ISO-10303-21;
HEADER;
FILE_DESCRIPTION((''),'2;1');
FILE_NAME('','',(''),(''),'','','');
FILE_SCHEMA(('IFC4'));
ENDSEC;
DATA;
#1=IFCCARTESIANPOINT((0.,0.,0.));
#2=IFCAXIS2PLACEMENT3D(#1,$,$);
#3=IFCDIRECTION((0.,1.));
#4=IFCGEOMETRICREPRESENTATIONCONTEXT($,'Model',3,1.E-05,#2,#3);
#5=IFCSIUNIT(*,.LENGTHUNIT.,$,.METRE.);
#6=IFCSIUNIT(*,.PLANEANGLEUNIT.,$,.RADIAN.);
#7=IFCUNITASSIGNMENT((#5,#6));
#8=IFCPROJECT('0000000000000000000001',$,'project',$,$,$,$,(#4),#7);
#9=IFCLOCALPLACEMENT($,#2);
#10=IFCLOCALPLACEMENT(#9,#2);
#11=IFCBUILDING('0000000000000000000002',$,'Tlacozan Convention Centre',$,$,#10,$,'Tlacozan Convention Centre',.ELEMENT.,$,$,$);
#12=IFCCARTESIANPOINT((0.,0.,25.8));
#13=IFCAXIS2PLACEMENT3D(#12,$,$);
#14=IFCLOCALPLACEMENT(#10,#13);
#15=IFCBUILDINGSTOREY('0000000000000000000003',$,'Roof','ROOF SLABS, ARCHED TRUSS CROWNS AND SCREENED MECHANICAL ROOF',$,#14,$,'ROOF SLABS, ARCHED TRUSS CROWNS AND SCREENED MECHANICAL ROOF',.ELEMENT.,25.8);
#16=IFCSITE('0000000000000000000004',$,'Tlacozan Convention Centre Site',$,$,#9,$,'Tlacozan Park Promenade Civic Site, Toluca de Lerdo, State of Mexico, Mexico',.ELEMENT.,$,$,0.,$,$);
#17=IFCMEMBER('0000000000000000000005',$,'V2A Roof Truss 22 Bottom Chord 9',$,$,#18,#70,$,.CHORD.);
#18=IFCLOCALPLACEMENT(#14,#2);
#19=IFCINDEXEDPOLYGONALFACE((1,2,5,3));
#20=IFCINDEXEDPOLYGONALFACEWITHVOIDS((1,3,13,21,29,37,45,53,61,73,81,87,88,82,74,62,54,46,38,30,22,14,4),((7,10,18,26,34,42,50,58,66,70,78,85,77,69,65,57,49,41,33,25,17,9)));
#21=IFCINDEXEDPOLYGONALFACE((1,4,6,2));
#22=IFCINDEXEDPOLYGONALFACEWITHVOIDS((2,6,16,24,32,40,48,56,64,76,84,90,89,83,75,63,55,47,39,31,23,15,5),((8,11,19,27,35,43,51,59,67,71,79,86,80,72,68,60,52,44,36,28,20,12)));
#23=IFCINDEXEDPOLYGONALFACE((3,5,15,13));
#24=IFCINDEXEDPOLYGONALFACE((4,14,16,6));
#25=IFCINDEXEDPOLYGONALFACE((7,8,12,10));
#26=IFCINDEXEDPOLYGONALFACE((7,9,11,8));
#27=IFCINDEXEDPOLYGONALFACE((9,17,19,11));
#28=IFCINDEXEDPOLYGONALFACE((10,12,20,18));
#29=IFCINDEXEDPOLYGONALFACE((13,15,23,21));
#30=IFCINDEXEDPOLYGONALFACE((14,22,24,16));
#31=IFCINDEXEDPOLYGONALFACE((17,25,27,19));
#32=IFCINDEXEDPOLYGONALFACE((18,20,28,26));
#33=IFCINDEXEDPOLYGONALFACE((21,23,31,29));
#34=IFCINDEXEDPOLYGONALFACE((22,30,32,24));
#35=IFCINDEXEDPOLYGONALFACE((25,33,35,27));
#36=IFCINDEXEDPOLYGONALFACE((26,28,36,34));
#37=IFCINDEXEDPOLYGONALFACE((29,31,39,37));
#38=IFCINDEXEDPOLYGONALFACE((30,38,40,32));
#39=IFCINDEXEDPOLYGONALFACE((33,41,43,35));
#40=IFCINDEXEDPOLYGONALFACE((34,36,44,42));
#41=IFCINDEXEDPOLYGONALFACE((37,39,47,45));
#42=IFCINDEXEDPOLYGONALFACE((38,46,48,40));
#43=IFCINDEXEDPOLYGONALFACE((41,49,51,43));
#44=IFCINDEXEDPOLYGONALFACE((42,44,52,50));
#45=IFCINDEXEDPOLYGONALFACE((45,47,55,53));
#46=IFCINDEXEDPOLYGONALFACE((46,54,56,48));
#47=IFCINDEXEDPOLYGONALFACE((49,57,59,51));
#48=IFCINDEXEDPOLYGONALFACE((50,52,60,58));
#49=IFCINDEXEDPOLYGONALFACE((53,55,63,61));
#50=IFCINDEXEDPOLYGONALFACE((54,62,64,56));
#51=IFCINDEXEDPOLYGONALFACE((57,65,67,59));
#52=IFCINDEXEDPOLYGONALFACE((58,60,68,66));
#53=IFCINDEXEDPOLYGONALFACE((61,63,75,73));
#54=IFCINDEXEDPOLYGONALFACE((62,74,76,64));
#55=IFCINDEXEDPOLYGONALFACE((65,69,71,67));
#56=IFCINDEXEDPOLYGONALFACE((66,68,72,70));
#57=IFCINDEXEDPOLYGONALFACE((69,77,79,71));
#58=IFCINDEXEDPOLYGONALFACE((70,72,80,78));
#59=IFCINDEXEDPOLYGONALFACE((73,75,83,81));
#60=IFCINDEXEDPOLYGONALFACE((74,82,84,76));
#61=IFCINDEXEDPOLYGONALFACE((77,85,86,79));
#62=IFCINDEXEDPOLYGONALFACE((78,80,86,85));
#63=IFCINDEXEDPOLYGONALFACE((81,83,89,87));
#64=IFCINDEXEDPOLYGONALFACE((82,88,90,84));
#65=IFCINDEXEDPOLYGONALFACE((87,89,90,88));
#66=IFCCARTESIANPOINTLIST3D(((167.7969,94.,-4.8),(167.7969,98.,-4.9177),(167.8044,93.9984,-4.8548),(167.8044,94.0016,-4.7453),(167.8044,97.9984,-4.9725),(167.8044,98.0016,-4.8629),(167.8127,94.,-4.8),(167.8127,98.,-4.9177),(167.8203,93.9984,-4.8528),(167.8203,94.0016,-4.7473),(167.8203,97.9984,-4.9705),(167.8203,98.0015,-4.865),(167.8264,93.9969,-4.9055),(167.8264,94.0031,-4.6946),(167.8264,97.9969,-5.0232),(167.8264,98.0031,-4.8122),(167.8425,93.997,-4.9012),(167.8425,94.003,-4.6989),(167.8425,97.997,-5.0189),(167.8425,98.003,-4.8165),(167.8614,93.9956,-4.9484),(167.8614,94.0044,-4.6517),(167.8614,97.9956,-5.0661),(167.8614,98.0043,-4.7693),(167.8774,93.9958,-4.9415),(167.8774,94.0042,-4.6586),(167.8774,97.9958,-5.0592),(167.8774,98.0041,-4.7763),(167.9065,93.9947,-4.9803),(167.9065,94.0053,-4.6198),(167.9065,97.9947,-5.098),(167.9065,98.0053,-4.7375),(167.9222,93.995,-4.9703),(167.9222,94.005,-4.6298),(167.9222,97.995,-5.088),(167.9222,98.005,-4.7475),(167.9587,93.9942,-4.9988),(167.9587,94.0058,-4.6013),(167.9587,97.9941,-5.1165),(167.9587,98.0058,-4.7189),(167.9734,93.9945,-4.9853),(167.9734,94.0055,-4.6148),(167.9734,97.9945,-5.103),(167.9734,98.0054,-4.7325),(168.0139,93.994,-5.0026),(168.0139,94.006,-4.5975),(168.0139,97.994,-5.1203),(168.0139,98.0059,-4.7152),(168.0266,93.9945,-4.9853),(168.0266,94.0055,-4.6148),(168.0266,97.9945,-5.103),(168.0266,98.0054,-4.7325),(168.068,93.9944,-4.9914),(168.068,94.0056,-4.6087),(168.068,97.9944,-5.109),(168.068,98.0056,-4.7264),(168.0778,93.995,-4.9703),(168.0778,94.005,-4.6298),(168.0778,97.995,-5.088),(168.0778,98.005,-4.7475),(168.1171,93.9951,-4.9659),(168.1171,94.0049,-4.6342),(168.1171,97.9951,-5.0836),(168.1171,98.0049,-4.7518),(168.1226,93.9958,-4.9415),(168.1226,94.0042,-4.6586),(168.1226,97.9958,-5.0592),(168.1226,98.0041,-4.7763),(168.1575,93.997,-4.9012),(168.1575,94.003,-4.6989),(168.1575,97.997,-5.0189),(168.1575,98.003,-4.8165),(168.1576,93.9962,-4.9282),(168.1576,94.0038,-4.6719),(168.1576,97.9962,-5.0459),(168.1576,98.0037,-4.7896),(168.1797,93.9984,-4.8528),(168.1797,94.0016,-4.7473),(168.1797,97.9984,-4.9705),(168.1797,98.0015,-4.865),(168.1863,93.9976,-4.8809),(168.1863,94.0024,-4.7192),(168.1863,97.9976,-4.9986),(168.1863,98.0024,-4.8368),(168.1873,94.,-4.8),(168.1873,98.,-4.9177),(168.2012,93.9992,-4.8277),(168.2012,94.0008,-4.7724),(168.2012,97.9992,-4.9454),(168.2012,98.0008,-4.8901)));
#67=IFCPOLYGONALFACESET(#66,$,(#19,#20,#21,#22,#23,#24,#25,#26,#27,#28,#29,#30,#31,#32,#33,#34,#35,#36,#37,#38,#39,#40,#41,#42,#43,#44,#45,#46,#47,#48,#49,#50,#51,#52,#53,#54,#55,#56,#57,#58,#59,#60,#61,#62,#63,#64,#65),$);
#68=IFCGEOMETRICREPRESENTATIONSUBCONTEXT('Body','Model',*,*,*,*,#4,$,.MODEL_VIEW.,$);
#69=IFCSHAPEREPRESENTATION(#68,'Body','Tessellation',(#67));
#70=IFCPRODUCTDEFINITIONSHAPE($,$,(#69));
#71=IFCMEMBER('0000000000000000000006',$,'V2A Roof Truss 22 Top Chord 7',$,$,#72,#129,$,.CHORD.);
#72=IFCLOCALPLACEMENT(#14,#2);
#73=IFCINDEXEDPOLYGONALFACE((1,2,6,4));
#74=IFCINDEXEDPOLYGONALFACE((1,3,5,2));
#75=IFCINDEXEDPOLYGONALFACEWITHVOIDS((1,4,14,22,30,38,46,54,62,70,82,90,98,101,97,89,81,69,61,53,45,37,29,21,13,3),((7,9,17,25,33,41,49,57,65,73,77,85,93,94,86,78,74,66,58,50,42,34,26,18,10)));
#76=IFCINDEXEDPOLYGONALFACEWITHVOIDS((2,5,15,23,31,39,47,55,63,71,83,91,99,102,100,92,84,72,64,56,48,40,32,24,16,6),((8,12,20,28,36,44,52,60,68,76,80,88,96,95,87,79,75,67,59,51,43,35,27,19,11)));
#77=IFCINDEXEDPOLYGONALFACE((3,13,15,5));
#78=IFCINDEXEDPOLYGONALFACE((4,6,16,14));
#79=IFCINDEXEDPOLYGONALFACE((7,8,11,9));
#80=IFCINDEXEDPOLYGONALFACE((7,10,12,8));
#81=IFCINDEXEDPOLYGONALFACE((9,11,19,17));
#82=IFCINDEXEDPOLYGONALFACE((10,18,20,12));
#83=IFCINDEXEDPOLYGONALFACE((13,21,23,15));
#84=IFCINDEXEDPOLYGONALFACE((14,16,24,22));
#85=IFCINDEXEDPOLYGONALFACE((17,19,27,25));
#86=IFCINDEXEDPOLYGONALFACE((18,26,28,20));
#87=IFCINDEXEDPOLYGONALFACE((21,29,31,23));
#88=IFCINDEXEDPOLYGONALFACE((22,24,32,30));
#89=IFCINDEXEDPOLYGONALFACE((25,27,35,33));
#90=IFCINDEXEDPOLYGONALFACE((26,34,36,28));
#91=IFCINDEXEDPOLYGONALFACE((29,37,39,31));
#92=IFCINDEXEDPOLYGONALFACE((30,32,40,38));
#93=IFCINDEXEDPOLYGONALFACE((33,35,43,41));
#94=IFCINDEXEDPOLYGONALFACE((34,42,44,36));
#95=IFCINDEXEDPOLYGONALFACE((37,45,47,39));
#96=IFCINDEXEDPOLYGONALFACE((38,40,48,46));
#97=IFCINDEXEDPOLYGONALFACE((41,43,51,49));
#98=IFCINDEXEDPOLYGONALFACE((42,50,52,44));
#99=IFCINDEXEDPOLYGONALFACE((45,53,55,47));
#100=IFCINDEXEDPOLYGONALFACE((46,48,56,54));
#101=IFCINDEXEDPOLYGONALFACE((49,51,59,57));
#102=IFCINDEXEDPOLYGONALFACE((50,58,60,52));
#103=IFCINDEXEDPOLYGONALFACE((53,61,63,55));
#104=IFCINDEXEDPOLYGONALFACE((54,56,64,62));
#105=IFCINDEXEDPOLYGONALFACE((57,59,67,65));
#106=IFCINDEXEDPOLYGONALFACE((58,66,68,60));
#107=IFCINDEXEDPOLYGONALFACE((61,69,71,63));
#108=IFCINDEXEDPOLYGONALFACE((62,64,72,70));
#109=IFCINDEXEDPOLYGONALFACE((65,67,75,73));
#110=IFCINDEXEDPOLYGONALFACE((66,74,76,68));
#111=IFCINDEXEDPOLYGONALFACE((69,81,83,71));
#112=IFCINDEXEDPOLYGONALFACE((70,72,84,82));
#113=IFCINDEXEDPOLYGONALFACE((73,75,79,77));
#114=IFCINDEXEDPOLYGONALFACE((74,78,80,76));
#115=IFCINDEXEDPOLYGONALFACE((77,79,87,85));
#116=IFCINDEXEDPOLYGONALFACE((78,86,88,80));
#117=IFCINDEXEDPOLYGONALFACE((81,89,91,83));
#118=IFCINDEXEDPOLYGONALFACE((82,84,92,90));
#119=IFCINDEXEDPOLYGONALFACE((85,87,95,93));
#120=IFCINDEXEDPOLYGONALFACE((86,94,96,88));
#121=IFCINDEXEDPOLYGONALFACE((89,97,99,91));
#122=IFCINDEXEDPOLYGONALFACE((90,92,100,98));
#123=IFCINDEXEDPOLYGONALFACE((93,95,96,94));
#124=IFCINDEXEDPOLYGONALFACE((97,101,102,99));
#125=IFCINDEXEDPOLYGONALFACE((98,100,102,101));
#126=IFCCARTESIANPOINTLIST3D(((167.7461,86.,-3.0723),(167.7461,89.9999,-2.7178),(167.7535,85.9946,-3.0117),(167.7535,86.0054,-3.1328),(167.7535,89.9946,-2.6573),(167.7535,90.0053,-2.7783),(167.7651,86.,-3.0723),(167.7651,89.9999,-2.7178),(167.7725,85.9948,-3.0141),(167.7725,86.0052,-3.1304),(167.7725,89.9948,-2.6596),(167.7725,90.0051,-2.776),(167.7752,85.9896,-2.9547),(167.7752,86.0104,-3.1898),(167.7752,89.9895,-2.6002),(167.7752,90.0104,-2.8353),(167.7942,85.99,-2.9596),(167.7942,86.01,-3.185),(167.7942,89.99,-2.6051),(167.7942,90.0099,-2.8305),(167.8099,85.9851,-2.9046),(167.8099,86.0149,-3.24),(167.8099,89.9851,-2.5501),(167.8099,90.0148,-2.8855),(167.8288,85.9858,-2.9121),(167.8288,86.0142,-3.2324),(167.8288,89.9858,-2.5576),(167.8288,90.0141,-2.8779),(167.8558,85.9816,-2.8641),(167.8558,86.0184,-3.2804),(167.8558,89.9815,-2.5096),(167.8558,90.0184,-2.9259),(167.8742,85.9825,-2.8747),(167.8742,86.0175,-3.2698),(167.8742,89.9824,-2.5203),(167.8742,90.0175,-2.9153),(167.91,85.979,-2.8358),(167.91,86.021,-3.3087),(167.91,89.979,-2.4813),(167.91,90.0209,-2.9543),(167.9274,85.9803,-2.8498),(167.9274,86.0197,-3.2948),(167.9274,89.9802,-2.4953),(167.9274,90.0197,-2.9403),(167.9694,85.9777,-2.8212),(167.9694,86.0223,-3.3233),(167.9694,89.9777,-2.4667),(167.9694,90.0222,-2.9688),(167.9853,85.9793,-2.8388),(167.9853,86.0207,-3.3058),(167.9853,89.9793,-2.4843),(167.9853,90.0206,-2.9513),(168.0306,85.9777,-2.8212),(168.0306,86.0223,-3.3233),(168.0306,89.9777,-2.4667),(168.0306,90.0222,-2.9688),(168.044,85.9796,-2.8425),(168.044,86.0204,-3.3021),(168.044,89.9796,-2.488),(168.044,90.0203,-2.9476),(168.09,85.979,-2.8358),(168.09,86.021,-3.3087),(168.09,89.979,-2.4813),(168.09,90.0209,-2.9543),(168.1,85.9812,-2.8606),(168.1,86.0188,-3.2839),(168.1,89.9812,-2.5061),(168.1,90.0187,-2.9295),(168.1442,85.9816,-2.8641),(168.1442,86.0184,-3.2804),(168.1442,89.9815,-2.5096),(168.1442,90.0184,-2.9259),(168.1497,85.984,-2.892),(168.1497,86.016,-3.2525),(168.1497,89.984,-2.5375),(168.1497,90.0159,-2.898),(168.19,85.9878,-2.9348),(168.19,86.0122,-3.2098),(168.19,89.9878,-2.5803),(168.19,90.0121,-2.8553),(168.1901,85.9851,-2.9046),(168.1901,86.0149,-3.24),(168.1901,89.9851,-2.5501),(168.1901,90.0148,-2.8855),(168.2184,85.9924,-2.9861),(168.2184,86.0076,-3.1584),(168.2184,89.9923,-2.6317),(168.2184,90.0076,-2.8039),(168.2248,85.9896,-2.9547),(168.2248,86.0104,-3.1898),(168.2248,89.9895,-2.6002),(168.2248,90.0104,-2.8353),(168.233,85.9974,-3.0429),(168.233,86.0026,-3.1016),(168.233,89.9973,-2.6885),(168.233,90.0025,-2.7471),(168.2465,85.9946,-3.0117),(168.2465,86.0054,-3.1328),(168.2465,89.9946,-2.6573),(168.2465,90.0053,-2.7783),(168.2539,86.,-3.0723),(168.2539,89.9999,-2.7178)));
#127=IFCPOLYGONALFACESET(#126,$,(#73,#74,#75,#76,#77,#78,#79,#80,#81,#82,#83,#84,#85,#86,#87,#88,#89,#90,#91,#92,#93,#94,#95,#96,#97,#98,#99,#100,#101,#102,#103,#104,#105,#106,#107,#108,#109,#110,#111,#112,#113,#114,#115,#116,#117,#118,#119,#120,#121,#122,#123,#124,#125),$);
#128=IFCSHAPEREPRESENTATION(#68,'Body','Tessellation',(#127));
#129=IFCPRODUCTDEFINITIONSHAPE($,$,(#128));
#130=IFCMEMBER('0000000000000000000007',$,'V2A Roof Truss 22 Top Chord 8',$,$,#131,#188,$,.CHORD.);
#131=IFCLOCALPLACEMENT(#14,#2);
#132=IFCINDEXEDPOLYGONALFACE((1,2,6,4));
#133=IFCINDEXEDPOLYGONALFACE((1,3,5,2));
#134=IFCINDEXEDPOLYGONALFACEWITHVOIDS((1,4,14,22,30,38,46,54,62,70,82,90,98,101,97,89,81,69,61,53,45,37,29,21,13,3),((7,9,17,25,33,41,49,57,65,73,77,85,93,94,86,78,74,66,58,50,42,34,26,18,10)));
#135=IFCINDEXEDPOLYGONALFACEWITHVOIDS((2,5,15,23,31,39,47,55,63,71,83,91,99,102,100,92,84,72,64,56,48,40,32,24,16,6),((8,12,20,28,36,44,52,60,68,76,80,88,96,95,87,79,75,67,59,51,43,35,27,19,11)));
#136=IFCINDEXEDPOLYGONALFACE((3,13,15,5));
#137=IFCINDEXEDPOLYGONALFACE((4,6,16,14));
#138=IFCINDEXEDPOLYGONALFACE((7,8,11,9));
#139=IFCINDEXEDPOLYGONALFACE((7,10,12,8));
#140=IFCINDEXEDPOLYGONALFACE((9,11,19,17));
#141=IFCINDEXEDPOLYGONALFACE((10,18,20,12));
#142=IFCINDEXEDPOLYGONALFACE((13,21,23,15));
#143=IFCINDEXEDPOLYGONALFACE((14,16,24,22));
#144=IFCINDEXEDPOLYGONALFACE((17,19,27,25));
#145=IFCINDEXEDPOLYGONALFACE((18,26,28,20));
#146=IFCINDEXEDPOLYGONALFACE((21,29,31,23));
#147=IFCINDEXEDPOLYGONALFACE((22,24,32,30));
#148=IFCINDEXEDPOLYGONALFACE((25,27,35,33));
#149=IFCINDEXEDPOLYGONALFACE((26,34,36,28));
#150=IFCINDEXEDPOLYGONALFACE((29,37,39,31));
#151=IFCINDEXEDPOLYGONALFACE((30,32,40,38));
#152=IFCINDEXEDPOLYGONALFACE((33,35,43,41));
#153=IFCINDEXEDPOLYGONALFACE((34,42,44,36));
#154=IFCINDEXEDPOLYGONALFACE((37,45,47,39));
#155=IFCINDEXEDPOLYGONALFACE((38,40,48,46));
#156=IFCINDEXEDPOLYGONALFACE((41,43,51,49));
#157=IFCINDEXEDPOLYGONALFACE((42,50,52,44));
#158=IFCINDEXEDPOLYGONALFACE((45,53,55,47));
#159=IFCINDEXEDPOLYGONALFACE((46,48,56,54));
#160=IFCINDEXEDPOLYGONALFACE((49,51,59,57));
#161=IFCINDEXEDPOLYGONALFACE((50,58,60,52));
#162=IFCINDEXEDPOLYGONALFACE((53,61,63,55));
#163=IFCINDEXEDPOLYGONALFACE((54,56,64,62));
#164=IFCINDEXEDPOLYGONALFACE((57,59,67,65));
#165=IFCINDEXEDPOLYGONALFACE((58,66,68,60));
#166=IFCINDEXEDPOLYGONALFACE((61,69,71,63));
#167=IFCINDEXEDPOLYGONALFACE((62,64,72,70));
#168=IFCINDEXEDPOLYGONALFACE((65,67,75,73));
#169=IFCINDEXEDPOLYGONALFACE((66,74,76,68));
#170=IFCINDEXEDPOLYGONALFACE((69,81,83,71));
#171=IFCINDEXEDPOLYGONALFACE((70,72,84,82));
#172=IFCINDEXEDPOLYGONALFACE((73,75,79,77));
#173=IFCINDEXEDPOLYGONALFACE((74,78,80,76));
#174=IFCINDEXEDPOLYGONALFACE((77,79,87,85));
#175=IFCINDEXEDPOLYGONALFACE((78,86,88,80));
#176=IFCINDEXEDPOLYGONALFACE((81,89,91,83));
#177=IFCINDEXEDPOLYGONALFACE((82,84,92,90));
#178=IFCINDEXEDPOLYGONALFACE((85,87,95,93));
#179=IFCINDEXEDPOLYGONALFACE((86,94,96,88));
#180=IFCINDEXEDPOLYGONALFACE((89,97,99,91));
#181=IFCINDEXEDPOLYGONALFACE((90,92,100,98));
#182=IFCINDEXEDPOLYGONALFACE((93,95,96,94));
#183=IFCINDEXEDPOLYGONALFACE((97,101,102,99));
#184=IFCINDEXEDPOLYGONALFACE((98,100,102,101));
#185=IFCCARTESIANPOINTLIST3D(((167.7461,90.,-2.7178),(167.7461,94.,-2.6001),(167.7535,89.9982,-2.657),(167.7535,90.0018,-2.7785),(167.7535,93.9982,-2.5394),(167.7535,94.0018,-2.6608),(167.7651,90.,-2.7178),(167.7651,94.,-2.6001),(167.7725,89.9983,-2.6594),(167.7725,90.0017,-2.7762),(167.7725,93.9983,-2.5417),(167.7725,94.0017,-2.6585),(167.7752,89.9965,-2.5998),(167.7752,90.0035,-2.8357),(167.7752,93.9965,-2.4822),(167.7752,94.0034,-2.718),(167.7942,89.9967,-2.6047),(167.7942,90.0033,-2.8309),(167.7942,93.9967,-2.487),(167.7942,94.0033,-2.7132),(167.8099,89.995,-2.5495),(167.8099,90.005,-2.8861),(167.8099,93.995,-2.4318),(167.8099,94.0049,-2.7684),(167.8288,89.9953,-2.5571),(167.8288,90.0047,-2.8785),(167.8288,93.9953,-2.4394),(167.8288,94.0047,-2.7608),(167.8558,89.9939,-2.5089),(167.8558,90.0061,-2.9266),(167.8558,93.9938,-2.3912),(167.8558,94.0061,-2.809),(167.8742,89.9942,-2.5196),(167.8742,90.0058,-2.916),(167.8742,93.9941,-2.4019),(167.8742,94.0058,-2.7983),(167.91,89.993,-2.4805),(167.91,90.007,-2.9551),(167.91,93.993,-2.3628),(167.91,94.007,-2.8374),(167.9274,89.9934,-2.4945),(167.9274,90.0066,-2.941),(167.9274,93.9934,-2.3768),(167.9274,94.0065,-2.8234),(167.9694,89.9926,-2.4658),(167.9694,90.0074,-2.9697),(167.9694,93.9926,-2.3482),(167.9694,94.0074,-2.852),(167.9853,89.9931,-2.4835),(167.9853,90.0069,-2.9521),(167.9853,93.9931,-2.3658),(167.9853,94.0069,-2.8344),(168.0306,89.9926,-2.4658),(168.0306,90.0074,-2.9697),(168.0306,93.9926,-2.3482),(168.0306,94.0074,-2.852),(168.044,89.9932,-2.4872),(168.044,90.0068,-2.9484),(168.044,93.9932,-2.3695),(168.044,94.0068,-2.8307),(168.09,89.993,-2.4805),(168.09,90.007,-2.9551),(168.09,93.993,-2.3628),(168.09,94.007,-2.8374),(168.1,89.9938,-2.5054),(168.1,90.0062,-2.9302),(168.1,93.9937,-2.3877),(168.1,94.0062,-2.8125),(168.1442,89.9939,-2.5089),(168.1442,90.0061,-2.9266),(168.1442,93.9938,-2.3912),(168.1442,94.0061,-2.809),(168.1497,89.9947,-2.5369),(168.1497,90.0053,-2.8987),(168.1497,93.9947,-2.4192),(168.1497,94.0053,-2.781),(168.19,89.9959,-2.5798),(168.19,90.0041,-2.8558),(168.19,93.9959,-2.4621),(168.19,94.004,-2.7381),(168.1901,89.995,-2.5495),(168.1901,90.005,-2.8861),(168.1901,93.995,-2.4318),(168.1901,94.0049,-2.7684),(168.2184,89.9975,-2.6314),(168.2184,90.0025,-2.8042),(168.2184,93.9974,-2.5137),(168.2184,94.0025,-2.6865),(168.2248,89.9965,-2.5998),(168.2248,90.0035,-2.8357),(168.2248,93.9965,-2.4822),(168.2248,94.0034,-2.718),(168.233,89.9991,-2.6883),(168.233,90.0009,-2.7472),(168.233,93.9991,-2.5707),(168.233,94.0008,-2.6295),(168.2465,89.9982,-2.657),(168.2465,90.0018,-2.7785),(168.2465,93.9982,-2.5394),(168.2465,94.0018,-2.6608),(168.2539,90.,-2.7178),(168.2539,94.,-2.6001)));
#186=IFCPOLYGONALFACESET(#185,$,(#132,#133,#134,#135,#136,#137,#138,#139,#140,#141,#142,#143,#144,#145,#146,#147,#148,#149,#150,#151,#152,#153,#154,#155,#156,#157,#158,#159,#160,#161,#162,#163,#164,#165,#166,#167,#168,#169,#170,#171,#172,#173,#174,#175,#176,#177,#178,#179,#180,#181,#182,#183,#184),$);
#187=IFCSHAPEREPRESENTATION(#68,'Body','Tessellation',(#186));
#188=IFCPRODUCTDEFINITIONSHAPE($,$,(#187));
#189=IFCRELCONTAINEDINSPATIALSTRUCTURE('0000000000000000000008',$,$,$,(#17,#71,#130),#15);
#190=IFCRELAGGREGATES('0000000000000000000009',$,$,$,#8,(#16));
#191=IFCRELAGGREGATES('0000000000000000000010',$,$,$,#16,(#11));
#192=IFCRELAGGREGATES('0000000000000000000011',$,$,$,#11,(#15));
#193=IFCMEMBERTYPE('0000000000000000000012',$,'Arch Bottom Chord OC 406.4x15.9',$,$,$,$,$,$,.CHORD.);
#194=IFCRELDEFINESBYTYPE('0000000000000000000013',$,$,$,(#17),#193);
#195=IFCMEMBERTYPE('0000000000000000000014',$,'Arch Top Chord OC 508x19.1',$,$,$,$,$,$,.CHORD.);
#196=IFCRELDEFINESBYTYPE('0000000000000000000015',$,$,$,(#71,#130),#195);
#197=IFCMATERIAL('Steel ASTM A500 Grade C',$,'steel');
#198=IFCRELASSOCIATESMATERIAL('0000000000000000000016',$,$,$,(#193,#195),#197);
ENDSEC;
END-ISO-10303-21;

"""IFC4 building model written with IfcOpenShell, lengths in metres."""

from ifc_helpers import new_model, si_unit, direction, frame, origin, origin_2d, place, context, subcontext, project, spatial, hollow_circle, extrude, material, material_profile, profile_set, type_object, element, save


model = new_model("IFC4")

# Units and contexts
model_context = context("Model", 3, precision=1e-05, world=origin(), true_north=direction((0.0, 1.0)))
body_context = subcontext(model_context, "Body", "Model", "MODEL_VIEW")
ifc_project = project(units=[si_unit("LENGTHUNIT", "METRE"), si_unit("PLANEANGLEUNIT", "RADIAN")], contexts=[model_context])

# Site, building, storey
site_placement = place(None, origin())
site = spatial("IfcSite", under=ifc_project, at=site_placement, Name="Tlacozan Convention Centre Site", LongName="Tlacozan Park Promenade Civic Site, Toluca de Lerdo, State of Mexico, Mexico", CompositionType="ELEMENT", RefElevation=0.0)
building_placement = place(site_placement, origin())
building = spatial("IfcBuilding", under=site, at=building_placement, Name="Tlacozan Convention Centre", LongName="Tlacozan Convention Centre", CompositionType="ELEMENT")
storey_placement = place(building_placement, frame((0.0, 0.0, 25.8)))
storey = spatial("IfcBuildingStorey", under=building, at=storey_placement, Name="Roof", Description="ROOF SLABS, ARCHED TRUSS CROWNS AND SCREENED MECHANICAL ROOF", LongName="ROOF SLABS, ARCHED TRUSS CROWNS AND SCREENED MECHANICAL ROOF", CompositionType="ELEMENT", Elevation=25.8)

# Members
ifc_material_1 = material(Name="Steel ASTM A500 Grade C", Category="steel")
ifc_material_profile_1 = material_profile(ifc_material_1, hollow_circle(Radius=0.2031, WallThickness=0.0159, at=origin_2d()), Name="OC 406.4x15.9")
ifc_profile_set_1 = profile_set([ifc_material_profile_1], Name="Steel ASTM A500 Grade C")
member_type_1 = type_object("IfcMemberType", Name="Arch Bottom Chord OC 406.4x15.9", PredefinedType="CHORD", material=ifc_profile_set_1)
for number, where, z_axis, x_axis, name in (
    (1, (168.0, 94.0, -4.8), (0.0, 0.999568, -0.029406), (-1.0, 0.0, 0.0), "V2A Roof Truss 22 Bottom Chord 9"),
):
    element("IfcMember", number, at=place(storey_placement, frame(where, z_axis=z_axis, x_axis=x_axis)), inside=storey, type_object=member_type_1, Name=name, PredefinedType="CHORD", context=body_context, shape_type="SweptSolid", body=[
        extrude(hollow_circle(Radius=0.2031, WallThickness=0.0159, at=origin_2d()), origin(), (0.0, 0.0, 1.0), 4.0017),
    ])
ifc_material_profile_2 = material_profile(ifc_material_1, hollow_circle(Radius=0.2539, WallThickness=0.019, at=origin_2d()), Name="OC 508.0x19.1")
ifc_profile_set_2 = profile_set([ifc_material_profile_2], Name="Steel ASTM A500 Grade C")
member_type_2 = type_object("IfcMemberType", Name="Arch Top Chord OC 508x19.1", PredefinedType="CHORD", material=ifc_profile_set_2)
member_1_placement = place(storey_placement, frame((168.0, 86.0, -3.0723), z_axis=(0.0, 0.996096, 0.088277), x_axis=(-1.0, 0.0, 0.0)))
element("IfcMember", 2, at=member_1_placement, inside=storey, type_object=member_type_2, Name="V2A Roof Truss 22 Top Chord 7", PredefinedType="CHORD", context=body_context, shape_type="SweptSolid", body=[
    extrude(hollow_circle(Radius=0.2539, WallThickness=0.019, at=origin_2d()), origin(), (0.0, 0.0, 1.0), 4.0156),
])
for number, where, z_axis, x_axis, name in (
    (3, (168.0, 90.0, -2.7178), (0.0, 0.999568, 0.029406), (-1.0, 0.0, 0.0), "V2A Roof Truss 22 Top Chord 8"),
):
    element("IfcMember", number, at=place(storey_placement, frame(where, z_axis=z_axis, x_axis=x_axis)), inside=storey, type_object=member_type_2, Name=name, PredefinedType="CHORD", context=body_context, shape_type="SweptSolid", body=[
        extrude(hollow_circle(Radius=0.2539, WallThickness=0.019, at=origin_2d()), origin(), (0.0, 0.0, 1.0), 4.0017),
    ])

save(model, "model.ifc")
